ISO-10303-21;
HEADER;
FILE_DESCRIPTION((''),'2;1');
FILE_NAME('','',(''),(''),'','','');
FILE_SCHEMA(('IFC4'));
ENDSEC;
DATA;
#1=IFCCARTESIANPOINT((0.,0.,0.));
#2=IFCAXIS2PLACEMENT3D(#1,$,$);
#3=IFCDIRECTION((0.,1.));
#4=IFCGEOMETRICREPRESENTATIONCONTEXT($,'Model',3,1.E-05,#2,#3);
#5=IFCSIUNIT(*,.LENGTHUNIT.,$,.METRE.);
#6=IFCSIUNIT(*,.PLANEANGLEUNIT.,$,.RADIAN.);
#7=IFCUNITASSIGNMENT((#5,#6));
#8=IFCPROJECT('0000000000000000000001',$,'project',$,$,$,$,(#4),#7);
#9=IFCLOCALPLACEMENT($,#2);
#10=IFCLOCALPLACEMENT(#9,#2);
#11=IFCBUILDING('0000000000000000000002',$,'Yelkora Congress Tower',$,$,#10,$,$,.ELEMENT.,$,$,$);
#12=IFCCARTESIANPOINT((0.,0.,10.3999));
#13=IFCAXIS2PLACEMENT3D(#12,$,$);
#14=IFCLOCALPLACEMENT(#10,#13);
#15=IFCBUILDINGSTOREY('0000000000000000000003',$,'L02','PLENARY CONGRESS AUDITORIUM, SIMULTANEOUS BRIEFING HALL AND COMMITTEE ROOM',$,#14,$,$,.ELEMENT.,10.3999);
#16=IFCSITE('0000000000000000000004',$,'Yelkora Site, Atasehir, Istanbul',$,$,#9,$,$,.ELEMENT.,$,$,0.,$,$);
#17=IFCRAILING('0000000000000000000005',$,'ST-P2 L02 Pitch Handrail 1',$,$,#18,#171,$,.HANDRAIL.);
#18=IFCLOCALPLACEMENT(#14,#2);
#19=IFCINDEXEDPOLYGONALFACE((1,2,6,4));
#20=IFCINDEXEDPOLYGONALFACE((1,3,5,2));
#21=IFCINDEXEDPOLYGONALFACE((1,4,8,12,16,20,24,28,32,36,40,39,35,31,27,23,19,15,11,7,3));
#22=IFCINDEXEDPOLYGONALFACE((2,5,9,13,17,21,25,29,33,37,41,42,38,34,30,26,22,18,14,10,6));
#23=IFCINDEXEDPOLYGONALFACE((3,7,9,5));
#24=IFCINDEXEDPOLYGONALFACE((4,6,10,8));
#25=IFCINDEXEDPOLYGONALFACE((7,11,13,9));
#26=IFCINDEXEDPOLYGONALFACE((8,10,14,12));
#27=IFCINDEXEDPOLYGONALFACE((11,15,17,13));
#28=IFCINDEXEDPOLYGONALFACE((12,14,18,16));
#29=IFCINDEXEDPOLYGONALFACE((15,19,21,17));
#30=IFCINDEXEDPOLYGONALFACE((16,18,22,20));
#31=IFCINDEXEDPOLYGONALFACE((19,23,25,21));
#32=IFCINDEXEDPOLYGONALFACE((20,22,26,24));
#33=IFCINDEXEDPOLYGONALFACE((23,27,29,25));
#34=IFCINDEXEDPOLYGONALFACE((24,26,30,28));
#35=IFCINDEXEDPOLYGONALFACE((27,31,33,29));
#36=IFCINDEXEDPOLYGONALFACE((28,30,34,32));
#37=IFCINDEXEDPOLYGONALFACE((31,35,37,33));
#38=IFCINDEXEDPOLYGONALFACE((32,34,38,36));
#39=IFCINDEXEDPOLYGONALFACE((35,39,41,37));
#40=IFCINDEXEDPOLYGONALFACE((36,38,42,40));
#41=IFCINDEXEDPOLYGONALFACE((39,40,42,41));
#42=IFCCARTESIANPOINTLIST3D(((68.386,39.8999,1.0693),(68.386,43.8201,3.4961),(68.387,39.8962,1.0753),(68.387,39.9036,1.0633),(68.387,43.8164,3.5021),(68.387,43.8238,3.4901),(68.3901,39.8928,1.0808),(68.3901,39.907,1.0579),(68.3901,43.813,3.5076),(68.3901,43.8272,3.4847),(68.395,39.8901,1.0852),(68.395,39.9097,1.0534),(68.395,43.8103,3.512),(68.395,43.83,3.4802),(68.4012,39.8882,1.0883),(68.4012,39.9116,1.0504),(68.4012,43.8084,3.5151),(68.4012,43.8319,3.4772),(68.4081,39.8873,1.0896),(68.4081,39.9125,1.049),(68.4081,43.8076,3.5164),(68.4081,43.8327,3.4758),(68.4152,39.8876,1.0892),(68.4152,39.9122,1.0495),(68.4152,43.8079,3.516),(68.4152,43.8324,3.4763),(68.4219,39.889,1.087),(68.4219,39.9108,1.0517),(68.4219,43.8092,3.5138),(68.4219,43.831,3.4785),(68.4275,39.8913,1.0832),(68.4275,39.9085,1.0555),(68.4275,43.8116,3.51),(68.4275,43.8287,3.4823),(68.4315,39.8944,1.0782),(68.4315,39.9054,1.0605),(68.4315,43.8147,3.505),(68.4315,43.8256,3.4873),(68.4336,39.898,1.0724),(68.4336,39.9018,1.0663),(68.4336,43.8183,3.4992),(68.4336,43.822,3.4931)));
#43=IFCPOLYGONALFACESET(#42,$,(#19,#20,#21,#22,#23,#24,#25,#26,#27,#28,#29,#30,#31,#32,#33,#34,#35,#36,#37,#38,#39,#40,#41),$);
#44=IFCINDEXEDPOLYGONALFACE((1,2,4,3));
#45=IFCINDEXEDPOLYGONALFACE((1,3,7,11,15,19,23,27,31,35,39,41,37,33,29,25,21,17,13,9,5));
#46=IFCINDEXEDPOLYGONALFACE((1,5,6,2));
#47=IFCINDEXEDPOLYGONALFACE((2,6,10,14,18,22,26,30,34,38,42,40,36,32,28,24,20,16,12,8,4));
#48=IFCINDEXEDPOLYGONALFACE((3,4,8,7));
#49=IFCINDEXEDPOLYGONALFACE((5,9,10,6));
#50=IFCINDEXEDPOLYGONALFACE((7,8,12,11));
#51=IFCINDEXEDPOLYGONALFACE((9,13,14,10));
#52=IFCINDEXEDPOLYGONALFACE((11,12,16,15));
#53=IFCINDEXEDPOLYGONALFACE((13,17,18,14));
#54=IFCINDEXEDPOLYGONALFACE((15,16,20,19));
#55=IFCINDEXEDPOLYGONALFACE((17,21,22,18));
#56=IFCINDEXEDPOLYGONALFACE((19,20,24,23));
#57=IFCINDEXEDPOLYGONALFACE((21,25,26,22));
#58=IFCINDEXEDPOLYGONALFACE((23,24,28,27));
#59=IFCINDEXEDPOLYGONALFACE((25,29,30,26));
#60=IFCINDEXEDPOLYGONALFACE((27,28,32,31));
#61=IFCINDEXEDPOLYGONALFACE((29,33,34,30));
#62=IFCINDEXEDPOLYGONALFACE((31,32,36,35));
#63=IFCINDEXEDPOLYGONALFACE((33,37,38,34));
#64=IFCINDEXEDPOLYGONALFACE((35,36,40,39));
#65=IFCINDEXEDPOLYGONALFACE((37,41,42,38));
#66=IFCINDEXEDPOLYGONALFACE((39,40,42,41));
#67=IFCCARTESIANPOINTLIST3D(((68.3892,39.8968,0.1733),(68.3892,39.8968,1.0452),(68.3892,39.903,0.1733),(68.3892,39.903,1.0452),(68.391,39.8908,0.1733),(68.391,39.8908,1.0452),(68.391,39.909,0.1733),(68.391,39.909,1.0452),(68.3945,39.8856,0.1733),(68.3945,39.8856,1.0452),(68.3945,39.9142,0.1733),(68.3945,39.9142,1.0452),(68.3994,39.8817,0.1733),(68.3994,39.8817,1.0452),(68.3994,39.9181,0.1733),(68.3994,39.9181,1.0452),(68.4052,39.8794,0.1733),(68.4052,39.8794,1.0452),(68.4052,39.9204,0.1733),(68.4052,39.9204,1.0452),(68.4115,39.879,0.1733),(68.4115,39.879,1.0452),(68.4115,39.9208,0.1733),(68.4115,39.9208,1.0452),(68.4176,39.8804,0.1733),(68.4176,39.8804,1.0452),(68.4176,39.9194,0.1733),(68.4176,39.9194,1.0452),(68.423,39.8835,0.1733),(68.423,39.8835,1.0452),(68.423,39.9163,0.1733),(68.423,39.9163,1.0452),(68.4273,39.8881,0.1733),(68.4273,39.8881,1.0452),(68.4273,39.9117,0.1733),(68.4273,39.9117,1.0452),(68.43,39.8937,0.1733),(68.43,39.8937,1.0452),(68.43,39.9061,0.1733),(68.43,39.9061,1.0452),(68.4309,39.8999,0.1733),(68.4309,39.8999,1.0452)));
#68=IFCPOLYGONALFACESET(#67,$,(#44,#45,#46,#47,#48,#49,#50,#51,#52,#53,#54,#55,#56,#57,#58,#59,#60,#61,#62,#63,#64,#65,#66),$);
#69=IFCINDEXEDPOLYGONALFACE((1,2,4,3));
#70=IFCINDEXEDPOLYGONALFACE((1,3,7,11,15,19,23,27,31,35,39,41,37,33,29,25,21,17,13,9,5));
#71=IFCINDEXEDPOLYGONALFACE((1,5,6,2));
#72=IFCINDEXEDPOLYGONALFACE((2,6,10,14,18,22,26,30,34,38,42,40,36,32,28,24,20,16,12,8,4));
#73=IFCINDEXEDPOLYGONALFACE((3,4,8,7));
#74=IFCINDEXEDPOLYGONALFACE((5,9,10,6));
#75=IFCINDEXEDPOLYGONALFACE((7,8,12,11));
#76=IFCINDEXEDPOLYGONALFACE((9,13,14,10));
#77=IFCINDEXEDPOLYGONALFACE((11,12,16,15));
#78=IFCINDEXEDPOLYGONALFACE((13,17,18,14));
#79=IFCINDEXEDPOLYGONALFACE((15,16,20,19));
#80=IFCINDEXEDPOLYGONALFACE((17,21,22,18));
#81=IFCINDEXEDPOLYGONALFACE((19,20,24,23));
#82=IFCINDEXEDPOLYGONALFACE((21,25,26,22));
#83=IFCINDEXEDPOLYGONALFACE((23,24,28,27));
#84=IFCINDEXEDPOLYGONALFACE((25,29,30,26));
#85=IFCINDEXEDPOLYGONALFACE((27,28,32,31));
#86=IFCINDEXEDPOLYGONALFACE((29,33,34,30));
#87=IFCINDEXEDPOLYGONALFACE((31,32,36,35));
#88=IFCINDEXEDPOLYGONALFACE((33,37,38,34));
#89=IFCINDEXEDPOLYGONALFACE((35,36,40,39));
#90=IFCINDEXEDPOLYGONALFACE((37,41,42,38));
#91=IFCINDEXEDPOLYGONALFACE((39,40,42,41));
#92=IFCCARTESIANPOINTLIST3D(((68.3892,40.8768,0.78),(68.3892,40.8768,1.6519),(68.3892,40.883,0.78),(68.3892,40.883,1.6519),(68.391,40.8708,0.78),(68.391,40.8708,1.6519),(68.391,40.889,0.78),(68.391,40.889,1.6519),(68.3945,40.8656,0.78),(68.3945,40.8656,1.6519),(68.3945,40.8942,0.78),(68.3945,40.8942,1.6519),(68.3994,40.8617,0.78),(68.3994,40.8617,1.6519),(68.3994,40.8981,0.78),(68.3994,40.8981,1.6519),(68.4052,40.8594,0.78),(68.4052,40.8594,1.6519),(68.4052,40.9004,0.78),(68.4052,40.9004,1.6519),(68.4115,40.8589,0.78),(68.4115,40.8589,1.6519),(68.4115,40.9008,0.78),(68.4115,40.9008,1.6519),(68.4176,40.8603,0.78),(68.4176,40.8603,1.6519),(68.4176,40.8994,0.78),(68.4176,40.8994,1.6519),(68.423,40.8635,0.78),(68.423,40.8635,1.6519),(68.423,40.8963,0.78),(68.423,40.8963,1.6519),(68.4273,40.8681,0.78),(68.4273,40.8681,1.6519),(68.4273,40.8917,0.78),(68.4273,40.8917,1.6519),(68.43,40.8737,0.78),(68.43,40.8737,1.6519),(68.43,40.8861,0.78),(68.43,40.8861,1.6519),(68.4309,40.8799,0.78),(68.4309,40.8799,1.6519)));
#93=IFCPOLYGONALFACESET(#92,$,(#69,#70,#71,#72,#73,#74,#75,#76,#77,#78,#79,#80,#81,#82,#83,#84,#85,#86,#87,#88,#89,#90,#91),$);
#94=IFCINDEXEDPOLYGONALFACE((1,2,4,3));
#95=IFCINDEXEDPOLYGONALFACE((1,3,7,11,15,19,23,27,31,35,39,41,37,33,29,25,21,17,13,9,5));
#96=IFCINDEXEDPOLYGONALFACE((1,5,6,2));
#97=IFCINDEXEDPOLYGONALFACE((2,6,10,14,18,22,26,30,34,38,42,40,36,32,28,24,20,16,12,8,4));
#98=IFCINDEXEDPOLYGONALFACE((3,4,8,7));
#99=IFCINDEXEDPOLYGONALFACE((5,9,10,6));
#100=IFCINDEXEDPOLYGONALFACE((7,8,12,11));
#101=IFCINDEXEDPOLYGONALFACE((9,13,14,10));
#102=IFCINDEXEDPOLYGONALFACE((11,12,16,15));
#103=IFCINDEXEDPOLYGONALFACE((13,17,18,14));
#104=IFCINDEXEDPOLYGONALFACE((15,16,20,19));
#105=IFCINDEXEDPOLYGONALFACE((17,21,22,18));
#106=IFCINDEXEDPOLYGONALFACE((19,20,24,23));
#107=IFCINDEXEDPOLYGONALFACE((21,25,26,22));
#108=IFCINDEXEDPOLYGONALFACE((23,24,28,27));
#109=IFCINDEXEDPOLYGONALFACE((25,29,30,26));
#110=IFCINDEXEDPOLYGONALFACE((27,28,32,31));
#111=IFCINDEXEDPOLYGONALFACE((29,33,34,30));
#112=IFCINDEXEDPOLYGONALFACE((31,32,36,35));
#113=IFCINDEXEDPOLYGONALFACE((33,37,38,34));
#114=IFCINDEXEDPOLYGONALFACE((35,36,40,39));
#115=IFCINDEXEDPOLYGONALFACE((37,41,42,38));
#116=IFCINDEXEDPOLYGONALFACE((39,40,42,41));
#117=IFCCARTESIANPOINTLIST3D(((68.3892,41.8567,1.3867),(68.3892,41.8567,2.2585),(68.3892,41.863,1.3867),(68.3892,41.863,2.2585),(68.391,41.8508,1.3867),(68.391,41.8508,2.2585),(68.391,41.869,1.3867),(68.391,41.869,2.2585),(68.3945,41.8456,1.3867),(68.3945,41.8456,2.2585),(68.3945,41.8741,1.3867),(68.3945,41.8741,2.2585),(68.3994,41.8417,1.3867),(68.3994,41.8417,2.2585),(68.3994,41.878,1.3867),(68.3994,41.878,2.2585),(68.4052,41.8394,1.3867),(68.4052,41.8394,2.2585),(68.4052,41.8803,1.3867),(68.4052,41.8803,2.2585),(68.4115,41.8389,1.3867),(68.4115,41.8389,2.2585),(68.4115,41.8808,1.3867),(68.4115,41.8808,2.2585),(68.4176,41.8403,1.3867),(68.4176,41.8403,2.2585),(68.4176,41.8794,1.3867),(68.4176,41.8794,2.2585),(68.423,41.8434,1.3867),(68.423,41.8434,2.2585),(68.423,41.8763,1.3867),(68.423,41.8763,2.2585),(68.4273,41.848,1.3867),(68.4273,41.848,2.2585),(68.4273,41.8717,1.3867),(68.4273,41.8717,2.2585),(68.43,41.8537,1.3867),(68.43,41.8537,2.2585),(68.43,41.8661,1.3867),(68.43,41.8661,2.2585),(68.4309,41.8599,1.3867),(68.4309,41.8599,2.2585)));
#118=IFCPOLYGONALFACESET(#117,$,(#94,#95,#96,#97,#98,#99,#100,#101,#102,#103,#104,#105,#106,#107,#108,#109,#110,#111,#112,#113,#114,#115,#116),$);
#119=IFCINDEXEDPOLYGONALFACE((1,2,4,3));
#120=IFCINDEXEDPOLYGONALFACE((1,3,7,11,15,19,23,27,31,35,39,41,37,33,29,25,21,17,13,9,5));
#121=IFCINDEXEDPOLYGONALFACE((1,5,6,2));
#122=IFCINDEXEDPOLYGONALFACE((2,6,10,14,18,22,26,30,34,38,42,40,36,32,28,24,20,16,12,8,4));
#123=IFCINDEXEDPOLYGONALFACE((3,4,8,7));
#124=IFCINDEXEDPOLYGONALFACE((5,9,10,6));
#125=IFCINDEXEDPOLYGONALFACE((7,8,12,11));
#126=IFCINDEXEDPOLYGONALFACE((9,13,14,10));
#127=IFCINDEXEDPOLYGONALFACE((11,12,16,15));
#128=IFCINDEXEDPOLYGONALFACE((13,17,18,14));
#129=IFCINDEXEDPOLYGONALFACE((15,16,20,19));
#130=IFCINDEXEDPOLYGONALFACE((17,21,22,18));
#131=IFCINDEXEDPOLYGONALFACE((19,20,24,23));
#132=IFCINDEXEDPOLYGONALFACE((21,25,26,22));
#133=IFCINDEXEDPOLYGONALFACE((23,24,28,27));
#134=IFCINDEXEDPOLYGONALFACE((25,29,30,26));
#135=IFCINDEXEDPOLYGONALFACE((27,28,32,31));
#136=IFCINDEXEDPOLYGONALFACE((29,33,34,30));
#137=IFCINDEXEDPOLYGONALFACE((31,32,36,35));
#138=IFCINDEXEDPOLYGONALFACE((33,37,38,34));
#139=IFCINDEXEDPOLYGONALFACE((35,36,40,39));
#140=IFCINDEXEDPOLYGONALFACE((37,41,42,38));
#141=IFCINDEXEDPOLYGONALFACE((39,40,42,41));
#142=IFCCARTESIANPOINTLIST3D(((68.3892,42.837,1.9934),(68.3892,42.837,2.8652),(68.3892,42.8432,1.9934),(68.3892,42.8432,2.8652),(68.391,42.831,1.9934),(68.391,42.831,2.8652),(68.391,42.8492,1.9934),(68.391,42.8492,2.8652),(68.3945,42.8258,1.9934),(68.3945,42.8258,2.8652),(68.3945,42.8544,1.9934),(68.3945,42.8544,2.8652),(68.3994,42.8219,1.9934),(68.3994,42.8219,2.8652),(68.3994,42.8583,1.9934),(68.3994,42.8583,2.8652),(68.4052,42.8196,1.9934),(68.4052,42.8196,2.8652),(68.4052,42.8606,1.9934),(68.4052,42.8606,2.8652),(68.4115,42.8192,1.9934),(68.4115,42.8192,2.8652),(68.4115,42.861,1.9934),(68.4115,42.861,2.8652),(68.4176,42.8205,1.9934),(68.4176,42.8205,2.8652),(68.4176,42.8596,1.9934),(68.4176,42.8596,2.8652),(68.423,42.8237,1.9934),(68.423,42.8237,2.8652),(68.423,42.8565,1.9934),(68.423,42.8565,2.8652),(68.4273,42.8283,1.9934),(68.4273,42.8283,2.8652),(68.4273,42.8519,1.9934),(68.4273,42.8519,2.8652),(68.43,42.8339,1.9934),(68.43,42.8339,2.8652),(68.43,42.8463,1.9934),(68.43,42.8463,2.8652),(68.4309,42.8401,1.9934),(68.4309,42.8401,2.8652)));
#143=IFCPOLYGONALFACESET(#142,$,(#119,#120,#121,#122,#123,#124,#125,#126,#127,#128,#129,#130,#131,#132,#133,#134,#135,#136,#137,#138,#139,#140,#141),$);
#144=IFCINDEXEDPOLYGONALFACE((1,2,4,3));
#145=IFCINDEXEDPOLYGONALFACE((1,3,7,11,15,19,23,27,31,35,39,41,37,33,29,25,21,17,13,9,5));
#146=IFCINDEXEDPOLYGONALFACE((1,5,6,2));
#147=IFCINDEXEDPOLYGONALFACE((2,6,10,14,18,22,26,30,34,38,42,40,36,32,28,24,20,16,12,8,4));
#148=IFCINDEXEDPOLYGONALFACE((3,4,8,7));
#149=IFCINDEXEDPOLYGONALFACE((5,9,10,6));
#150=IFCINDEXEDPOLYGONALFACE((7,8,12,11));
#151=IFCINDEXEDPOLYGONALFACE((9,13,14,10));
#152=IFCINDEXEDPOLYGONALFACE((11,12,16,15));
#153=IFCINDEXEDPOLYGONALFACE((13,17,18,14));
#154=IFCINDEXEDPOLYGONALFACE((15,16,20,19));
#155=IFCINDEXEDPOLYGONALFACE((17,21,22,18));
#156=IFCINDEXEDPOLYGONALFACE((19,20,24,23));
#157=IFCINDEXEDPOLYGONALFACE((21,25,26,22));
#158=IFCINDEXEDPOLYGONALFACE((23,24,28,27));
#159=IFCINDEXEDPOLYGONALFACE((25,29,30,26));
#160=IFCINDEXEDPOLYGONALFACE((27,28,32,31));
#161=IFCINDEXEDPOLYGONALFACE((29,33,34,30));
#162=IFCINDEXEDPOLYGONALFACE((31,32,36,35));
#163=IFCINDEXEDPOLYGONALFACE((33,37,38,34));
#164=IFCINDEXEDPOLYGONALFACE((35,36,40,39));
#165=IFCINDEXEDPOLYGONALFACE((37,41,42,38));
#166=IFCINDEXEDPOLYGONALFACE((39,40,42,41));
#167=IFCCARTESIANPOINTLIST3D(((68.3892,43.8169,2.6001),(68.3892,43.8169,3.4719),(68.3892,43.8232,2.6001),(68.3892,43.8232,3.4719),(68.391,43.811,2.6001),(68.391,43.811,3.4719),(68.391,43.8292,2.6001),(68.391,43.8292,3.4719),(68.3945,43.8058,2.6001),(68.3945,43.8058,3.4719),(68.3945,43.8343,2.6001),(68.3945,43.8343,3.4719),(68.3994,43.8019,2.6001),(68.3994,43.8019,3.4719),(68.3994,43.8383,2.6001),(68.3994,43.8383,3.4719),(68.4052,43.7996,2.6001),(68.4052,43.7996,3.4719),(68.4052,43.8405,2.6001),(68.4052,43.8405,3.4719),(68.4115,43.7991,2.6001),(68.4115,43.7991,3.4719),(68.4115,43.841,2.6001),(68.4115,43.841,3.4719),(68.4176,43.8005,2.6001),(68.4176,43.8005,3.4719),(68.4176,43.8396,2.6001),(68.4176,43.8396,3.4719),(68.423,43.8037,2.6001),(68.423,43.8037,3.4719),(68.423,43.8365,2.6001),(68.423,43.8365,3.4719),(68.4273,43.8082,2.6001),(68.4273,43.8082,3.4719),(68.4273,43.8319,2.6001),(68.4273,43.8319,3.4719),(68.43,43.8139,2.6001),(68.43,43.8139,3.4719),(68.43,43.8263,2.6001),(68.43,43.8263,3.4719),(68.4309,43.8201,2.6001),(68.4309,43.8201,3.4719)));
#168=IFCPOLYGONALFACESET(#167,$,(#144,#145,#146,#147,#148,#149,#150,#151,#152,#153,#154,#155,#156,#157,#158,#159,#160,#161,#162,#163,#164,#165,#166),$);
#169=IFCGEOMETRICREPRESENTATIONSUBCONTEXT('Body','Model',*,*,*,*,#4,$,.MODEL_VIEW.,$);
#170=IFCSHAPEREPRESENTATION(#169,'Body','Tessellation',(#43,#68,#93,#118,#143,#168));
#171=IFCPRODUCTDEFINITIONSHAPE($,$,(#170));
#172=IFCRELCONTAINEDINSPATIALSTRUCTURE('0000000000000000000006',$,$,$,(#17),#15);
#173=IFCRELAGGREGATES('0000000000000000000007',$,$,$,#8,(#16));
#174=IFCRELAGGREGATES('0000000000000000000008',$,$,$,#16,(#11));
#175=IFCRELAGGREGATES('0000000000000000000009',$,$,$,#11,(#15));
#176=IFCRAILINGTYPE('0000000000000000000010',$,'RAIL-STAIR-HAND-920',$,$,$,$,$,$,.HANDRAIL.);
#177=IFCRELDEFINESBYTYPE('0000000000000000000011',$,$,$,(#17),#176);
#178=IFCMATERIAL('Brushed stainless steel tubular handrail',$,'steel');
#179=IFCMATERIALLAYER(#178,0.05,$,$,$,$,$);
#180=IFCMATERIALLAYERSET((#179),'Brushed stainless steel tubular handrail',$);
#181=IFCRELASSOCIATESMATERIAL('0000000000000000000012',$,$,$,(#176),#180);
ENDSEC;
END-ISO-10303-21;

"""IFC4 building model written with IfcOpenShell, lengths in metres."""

from ifc_helpers import new_model, si_unit, direction, frame, origin, origin_2d, place, context, subcontext, project, spatial, circle, extrude, material, layer, layer_set, type_object, element, save


model = new_model("IFC4")

# Units and contexts
model_context = context("Model", 3, precision=1e-05, world=origin(), true_north=direction((0.0, 1.0)))
body_context = subcontext(model_context, "Body", "Model", "MODEL_VIEW")
ifc_project = project(units=[si_unit("LENGTHUNIT", "METRE"), si_unit("PLANEANGLEUNIT", "RADIAN")], contexts=[model_context])

# Site, building, storey
site_placement = place(None, origin())
site = spatial("IfcSite", under=ifc_project, at=site_placement, Name="Yelkora Site, Atasehir, Istanbul", CompositionType="ELEMENT", RefElevation=0.0)
building_placement = place(site_placement, origin())
building = spatial("IfcBuilding", under=site, at=building_placement, Name="Yelkora Congress Tower", CompositionType="ELEMENT")
storey_placement = place(building_placement, frame((0.0, 0.0, 10.3999)))
storey = spatial("IfcBuildingStorey", under=building, at=storey_placement, Name="L02", Description="PLENARY CONGRESS AUDITORIUM, SIMULTANEOUS BRIEFING HALL AND COMMITTEE ROOM", CompositionType="ELEMENT", Elevation=10.3999)

# Railing
ifc_material_1 = material(Name="Brushed stainless steel tubular handrail", Category="steel")
ifc_layer_1 = layer(ifc_material_1, 0.05)
ifc_layer_set_1 = layer_set([ifc_layer_1], Name="Brushed stainless steel tubular handrail")
railing_type_1 = type_object("IfcRailingType", Name="RAIL-STAIR-HAND-920", PredefinedType="HANDRAIL", material=ifc_layer_set_1)
railing_1_placement = place(storey_placement, frame((68.4099, 39.8999, 0.1733)))
element("IfcRailing", 1, at=railing_1_placement, inside=storey, type_object=railing_type_1, Name="ST-P2 L02 Pitch Handrail 1", PredefinedType="HANDRAIL", context=body_context, shape_type="SweptSolid", body=[
    extrude(circle(Radius=0.0239, at=origin_2d()), frame((0.0, 0.0, 0.896), z_axis=(0.0, 0.850266, 0.526353), x_axis=(-1.0, 0.0, 0.0)), (0.0, 0.0, 1.0), 4.6106),
    extrude(circle(Radius=0.021, at=origin_2d()), origin(), (0.0, 0.0, 1.0), 0.8718),
    extrude(circle(Radius=0.021, at=origin_2d()), frame((0.0, 0.98, 0.6067)), (0.0, 0.0, 1.0), 0.8718),
    extrude(circle(Radius=0.021, at=origin_2d()), frame((0.0, 1.96, 1.2134)), (0.0, 0.0, 1.0), 0.8718),
    extrude(circle(Radius=0.021, at=origin_2d()), frame((0.0, 2.9402, 1.8201)), (0.0, 0.0, 1.0), 0.8718),
    extrude(circle(Radius=0.021, at=origin_2d()), frame((0.0, 3.9202, 2.4268)), (0.0, 0.0, 1.0), 0.8718),
])

save(model, "model.ifc")
